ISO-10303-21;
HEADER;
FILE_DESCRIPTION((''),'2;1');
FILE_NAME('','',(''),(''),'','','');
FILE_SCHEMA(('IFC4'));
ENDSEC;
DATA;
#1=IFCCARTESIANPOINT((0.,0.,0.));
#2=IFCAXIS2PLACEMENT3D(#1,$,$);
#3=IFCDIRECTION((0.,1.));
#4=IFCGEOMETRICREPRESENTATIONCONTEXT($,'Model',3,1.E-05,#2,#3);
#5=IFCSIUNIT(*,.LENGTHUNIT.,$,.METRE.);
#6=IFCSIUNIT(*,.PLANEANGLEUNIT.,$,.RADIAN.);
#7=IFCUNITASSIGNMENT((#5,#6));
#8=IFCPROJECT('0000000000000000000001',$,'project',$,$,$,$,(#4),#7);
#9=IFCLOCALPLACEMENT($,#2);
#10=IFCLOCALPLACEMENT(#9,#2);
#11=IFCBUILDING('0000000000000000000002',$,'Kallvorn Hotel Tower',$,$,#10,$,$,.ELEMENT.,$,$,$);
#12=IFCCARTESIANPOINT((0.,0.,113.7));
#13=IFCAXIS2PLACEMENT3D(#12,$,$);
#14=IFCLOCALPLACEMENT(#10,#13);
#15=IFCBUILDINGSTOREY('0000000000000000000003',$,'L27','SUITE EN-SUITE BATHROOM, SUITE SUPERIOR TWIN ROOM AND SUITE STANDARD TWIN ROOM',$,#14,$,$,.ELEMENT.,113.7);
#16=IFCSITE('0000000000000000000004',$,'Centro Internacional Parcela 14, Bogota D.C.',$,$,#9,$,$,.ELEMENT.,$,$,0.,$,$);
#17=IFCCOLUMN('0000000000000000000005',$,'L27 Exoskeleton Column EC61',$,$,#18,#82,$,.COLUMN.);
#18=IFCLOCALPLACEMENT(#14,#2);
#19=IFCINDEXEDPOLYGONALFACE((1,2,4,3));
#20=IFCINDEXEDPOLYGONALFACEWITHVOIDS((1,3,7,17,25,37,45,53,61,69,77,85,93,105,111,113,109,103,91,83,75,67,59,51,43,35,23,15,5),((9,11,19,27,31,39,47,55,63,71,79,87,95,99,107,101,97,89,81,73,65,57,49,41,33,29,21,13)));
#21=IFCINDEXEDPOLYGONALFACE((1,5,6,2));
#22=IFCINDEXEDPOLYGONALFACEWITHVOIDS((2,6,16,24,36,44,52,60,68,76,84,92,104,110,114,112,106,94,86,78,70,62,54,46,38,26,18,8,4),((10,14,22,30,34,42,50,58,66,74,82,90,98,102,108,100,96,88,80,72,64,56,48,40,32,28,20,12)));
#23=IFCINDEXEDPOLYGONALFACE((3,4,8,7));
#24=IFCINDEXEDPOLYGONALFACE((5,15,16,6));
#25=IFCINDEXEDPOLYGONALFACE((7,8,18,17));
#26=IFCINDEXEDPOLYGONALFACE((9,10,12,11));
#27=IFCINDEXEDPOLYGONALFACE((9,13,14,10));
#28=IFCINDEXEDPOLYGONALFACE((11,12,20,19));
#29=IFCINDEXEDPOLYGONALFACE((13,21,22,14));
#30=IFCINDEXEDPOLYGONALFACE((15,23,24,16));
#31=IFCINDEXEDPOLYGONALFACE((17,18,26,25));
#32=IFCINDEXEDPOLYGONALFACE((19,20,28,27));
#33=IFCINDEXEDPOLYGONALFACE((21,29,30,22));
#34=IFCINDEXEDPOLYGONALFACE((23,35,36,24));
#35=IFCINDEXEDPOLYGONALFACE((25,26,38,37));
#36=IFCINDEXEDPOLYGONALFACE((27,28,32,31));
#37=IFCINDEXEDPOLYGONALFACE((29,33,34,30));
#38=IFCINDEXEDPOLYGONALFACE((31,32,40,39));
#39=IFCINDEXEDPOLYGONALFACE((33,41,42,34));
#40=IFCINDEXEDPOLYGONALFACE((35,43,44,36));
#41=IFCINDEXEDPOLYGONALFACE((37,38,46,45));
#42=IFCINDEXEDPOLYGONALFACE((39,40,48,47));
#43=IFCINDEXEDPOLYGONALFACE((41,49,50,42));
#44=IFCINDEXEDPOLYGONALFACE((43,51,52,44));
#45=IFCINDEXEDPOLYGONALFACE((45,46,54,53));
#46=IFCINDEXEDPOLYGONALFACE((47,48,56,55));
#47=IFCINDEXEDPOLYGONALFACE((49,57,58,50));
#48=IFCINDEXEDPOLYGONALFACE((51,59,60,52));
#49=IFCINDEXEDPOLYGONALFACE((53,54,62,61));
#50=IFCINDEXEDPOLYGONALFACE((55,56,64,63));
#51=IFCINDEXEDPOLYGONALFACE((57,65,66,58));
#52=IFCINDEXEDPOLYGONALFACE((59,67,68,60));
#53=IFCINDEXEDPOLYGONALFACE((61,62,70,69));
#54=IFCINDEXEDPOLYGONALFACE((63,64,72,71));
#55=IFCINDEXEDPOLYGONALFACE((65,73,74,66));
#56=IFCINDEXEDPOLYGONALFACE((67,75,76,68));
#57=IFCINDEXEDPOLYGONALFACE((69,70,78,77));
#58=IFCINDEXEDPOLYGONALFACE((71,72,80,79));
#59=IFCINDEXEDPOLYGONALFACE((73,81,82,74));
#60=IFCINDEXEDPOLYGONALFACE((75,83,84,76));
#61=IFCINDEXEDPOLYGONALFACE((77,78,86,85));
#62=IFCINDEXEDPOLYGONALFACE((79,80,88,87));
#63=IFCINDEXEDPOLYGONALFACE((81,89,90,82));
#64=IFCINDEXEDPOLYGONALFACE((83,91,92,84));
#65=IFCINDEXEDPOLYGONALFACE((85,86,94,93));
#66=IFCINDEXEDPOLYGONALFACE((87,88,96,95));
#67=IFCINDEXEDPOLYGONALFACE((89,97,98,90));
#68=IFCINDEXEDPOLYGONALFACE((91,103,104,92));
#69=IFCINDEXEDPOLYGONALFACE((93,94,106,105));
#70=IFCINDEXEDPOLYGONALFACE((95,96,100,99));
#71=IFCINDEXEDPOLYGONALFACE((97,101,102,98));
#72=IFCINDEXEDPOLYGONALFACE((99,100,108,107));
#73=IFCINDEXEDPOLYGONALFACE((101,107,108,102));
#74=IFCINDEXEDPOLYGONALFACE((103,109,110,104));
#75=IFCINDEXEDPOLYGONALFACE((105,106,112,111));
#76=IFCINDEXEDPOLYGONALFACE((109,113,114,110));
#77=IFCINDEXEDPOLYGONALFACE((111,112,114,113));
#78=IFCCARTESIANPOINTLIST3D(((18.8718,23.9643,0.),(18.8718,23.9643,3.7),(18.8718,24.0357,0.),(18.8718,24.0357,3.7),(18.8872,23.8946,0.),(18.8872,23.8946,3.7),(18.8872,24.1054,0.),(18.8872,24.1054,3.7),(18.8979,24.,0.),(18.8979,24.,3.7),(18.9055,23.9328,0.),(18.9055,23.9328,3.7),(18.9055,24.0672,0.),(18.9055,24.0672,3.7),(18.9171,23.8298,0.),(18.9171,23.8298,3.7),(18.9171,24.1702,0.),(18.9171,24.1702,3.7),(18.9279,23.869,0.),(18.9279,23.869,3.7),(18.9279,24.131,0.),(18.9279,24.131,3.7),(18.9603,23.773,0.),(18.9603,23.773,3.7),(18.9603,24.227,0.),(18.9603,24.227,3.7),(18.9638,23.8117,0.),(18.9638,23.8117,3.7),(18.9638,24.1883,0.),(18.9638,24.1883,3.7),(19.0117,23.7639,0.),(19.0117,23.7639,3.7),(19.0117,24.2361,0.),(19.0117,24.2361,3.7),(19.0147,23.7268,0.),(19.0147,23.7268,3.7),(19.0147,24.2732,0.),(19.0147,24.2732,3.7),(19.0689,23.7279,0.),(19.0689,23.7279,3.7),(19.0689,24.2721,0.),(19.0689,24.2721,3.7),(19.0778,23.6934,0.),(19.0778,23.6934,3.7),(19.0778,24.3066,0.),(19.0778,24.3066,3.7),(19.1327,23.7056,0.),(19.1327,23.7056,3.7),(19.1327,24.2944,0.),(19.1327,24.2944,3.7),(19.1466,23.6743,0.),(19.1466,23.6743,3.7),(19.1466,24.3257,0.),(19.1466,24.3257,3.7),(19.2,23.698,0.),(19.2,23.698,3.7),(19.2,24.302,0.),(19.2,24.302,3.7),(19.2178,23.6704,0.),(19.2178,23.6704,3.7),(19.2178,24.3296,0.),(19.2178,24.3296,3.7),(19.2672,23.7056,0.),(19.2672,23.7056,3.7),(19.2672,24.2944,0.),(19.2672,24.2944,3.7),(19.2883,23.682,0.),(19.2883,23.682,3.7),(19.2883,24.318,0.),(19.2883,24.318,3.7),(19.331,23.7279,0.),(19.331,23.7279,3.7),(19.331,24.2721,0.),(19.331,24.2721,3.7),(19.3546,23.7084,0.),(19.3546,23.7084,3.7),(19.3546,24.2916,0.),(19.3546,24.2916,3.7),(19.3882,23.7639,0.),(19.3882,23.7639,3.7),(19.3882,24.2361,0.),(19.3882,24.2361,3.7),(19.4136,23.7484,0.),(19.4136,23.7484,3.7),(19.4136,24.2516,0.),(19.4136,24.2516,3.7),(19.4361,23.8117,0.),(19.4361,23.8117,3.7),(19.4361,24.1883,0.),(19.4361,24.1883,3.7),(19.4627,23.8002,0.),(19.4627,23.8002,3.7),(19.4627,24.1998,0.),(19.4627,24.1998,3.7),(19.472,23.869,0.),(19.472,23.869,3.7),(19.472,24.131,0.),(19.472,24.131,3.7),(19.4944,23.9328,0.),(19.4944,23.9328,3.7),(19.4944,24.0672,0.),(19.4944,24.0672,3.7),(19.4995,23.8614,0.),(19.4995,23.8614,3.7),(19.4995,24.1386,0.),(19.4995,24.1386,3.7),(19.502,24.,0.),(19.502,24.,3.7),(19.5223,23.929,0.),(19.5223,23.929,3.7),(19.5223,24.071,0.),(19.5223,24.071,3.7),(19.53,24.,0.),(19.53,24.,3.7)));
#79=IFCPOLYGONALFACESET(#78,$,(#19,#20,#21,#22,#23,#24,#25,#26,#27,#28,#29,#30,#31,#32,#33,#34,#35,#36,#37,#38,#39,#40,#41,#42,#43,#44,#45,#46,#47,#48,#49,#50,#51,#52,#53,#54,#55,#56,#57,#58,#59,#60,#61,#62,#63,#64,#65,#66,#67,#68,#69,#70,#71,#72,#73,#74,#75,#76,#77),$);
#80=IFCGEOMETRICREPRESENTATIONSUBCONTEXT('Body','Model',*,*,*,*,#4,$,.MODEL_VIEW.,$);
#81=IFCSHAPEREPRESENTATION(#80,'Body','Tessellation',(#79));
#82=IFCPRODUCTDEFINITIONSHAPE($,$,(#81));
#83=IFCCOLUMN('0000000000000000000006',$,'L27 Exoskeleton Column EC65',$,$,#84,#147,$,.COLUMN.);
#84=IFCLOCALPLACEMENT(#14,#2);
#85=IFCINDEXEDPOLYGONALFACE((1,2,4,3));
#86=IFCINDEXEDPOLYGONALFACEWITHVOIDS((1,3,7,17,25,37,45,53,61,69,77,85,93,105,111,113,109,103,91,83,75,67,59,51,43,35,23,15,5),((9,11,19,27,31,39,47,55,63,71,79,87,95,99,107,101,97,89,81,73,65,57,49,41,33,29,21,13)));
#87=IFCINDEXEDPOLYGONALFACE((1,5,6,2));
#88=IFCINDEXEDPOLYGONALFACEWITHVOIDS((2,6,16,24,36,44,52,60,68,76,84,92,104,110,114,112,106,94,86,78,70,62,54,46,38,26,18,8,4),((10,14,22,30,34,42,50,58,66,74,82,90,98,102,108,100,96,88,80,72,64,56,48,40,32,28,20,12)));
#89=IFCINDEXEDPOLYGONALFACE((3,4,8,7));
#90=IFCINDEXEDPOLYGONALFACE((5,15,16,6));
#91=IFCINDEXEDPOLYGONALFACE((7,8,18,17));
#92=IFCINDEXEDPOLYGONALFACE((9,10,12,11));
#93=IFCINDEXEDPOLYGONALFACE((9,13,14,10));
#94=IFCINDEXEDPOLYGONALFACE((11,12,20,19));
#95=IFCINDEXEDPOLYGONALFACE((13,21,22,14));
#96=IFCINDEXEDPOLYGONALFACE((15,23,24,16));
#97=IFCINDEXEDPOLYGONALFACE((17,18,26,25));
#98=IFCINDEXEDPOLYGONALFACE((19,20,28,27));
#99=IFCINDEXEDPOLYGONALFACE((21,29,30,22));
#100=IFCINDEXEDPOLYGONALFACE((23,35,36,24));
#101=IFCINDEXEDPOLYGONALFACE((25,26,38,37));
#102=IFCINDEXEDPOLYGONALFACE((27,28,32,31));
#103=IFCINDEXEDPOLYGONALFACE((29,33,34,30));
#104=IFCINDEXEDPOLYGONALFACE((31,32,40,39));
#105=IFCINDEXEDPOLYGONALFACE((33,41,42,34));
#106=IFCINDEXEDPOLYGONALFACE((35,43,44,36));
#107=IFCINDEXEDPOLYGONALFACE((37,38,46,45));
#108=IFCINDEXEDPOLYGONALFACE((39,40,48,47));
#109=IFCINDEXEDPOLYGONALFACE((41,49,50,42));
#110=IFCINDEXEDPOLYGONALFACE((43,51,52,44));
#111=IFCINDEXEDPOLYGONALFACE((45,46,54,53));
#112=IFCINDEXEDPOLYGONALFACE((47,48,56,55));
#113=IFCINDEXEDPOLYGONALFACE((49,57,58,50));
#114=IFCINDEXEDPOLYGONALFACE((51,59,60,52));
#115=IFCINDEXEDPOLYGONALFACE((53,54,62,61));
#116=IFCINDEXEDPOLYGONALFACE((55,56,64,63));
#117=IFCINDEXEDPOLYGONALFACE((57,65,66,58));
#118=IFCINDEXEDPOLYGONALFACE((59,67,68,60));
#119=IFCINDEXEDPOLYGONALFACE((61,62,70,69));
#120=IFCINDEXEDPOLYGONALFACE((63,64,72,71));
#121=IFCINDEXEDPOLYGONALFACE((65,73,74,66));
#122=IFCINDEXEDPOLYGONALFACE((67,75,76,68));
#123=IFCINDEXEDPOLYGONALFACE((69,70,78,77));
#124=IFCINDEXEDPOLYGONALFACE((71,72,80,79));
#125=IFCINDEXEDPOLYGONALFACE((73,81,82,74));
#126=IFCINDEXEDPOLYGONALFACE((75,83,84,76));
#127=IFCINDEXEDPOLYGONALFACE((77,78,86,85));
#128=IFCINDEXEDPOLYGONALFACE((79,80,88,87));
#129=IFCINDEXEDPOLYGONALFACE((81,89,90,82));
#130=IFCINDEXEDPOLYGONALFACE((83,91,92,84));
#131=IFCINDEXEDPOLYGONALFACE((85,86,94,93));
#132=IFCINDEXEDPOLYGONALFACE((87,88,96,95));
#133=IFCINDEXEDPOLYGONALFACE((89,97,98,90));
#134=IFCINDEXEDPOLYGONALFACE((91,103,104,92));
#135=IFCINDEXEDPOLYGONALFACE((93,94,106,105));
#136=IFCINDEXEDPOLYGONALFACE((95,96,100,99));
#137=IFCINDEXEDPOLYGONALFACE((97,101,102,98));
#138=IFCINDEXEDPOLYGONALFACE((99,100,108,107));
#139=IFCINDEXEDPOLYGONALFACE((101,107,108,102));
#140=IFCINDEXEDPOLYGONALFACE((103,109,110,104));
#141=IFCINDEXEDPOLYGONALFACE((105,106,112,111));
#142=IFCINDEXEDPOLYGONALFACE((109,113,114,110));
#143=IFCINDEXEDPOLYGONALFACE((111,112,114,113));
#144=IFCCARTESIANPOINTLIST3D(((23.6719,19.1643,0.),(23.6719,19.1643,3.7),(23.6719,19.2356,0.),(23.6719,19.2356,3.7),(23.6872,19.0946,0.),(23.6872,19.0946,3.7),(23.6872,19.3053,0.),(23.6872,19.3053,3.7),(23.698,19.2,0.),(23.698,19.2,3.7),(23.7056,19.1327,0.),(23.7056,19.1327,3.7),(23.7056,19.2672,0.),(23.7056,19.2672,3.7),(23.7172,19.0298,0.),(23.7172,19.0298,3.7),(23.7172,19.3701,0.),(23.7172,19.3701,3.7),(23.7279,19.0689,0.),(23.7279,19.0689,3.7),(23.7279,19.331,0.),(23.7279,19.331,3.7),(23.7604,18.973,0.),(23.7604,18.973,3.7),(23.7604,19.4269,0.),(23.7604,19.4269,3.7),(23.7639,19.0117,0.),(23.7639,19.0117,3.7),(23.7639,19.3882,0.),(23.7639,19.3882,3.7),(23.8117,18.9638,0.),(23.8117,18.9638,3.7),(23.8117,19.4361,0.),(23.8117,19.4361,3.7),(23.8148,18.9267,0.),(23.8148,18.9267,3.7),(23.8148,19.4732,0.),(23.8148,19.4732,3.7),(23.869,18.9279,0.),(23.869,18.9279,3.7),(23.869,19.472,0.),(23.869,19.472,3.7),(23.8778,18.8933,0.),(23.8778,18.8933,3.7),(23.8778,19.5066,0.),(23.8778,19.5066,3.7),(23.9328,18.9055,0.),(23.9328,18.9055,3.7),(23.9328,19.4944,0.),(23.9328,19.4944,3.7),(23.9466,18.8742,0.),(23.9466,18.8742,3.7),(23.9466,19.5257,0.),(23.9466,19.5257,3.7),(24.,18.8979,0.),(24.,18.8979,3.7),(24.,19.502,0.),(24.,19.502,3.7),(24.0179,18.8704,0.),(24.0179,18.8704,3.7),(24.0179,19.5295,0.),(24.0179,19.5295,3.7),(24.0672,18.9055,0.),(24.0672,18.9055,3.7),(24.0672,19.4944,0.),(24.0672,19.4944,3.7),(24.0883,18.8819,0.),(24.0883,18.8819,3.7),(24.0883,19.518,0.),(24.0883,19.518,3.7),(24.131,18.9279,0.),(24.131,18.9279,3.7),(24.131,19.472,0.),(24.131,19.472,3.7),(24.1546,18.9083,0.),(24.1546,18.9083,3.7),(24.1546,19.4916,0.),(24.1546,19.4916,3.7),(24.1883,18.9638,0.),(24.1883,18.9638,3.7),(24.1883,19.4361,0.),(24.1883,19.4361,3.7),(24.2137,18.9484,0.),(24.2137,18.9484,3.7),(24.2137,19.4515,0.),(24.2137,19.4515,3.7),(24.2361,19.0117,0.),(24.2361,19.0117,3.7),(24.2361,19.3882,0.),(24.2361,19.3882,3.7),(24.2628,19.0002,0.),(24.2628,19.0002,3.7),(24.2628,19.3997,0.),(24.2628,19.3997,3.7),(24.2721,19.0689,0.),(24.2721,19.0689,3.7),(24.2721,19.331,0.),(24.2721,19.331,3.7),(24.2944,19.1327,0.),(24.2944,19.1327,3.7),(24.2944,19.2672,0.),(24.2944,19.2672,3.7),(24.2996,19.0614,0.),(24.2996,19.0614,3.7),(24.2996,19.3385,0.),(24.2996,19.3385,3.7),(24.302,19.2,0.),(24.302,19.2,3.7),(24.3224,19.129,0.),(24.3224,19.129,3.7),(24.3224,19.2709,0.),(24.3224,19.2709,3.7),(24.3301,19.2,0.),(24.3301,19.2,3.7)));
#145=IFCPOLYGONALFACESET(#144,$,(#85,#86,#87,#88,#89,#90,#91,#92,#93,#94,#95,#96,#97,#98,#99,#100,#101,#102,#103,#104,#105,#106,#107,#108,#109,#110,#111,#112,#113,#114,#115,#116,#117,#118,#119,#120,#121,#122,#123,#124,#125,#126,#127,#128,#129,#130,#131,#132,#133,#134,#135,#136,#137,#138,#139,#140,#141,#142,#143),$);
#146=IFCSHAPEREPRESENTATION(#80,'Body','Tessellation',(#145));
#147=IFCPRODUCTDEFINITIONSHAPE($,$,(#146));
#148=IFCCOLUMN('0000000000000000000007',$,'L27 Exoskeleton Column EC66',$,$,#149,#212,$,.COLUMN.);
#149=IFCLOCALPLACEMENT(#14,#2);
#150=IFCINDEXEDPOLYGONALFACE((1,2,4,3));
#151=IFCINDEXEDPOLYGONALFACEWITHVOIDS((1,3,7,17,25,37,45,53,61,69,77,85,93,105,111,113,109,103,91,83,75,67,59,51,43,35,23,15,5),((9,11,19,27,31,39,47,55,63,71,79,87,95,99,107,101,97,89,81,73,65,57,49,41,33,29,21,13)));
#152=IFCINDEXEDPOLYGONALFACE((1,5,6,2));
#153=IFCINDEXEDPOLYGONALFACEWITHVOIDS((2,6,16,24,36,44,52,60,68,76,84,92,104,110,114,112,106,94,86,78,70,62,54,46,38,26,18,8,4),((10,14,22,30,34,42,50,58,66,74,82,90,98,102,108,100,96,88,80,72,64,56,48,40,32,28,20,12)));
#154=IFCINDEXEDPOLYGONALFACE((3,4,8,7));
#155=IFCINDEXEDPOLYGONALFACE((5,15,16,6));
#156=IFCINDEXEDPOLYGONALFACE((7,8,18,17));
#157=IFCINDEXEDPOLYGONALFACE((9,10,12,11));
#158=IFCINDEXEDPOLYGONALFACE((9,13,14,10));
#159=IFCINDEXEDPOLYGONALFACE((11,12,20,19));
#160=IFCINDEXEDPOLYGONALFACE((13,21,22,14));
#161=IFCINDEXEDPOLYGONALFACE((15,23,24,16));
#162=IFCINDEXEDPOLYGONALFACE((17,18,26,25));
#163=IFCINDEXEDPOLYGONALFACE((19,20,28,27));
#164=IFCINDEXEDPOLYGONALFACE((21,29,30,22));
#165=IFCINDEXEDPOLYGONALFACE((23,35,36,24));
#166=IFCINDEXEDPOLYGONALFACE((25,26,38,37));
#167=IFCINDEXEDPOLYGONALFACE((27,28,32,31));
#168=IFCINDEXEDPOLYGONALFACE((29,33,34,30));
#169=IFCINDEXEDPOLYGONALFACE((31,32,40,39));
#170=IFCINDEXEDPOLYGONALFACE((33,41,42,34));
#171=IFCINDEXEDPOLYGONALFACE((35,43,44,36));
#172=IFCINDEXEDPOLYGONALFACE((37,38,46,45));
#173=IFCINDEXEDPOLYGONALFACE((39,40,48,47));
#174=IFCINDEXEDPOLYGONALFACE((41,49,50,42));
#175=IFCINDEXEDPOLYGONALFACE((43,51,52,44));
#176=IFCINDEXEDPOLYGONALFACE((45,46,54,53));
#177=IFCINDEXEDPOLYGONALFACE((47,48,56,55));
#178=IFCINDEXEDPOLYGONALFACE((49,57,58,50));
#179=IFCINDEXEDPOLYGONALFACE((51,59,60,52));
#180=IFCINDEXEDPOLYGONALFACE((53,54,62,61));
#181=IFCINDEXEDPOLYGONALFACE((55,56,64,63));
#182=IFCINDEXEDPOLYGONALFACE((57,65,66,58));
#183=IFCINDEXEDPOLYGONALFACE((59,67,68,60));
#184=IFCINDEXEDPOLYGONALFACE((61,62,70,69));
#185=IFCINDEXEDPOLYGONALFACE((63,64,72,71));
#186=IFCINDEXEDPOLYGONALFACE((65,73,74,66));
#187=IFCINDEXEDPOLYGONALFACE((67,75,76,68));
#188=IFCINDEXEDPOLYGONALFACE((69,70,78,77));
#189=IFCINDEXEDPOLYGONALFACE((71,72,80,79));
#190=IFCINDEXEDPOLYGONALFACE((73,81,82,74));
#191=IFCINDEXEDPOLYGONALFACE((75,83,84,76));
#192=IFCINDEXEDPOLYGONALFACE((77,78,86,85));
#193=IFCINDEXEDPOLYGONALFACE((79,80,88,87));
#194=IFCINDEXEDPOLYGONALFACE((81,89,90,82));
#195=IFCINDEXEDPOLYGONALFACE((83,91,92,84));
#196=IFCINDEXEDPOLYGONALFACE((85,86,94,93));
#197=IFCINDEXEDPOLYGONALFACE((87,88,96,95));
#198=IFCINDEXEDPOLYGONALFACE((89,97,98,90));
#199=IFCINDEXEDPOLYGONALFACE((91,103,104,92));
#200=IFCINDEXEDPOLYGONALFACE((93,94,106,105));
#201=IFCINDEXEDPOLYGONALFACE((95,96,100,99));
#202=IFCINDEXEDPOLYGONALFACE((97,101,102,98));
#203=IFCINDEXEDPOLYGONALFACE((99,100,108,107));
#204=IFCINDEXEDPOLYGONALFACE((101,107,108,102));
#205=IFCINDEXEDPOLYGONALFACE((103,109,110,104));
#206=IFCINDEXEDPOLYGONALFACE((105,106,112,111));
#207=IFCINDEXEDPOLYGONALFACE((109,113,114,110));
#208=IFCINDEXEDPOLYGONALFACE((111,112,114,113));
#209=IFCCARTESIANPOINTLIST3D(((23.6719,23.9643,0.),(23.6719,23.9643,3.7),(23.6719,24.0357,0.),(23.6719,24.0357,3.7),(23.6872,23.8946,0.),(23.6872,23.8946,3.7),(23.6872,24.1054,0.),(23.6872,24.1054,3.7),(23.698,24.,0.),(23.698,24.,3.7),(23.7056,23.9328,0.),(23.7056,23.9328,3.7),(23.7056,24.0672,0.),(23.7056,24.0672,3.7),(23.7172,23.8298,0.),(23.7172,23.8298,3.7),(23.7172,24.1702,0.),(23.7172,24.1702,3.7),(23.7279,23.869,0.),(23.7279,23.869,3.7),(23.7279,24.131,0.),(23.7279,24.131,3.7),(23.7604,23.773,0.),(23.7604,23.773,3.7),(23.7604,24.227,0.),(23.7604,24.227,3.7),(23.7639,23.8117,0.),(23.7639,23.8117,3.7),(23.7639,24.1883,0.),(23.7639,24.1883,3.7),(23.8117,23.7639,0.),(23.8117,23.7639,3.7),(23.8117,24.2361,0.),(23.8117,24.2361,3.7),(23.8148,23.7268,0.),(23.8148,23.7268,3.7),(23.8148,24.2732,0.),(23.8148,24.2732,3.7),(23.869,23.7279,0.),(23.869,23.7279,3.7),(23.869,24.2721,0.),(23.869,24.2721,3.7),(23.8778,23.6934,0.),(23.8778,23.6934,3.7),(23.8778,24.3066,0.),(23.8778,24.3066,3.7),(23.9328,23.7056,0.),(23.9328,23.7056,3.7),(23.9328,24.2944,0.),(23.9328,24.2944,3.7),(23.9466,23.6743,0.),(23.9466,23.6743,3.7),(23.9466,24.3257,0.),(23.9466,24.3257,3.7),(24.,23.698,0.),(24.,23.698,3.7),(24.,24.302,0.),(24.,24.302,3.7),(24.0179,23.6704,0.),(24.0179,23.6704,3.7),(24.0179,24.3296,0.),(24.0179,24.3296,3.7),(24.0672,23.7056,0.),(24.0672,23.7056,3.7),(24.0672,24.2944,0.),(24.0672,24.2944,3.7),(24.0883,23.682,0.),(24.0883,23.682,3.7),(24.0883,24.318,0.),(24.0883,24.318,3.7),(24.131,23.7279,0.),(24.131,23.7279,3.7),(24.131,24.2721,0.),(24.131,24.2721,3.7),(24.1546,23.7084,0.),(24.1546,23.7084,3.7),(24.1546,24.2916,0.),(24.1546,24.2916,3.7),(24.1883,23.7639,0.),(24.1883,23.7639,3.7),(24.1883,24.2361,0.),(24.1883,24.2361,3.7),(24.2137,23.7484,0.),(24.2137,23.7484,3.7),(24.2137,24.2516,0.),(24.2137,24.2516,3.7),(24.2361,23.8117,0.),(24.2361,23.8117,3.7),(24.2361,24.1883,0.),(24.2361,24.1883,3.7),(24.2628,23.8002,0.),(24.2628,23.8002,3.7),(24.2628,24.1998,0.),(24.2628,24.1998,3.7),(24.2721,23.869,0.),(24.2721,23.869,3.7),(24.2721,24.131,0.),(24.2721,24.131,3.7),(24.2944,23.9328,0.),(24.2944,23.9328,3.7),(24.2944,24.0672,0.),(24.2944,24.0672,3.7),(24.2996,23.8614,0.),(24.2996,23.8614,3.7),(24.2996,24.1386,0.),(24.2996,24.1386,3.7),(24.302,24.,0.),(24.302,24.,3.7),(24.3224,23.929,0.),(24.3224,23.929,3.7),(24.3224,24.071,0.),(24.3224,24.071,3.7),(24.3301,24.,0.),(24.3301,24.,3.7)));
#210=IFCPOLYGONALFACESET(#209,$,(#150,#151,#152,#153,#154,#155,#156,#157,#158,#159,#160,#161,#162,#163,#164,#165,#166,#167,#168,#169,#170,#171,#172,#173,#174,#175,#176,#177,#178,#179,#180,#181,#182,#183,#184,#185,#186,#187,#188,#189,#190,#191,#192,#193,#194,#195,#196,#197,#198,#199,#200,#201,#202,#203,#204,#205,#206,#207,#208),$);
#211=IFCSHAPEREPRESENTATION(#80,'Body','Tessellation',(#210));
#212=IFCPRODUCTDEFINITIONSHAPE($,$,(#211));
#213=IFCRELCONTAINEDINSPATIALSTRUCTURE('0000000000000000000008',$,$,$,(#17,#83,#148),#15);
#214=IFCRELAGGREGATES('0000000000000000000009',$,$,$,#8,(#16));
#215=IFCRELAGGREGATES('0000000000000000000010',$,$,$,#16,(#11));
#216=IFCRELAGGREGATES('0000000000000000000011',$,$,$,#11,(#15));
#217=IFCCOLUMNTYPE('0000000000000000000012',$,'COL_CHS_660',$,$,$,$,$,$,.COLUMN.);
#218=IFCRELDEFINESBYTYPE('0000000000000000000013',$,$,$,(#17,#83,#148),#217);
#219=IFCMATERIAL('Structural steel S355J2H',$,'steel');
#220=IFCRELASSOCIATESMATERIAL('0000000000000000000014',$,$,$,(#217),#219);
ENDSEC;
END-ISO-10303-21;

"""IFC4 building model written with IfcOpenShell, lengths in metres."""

from ifc_helpers import new_model, si_unit, direction, frame, origin, origin_2d, place, context, subcontext, project, spatial, hollow_circle, extrude, material, material_profile, profile_set, type_object, element, save


model = new_model("IFC4")

# Units and contexts
model_context = context("Model", 3, precision=1e-05, world=origin(), true_north=direction((0.0, 1.0)))
body_context = subcontext(model_context, "Body", "Model", "MODEL_VIEW")
ifc_project = project(units=[si_unit("LENGTHUNIT", "METRE"), si_unit("PLANEANGLEUNIT", "RADIAN")], contexts=[model_context])

# Site, building, storey
site_placement = place(None, origin())
site = spatial("IfcSite", under=ifc_project, at=site_placement, Name="Centro Internacional Parcela 14, Bogota D.C.", CompositionType="ELEMENT", RefElevation=0.0)
building_placement = place(site_placement, origin())
building = spatial("IfcBuilding", under=site, at=building_placement, Name="Kallvorn Hotel Tower", CompositionType="ELEMENT")
storey_placement = place(building_placement, frame((0.0, 0.0, 113.7)))
storey = spatial("IfcBuildingStorey", under=building, at=storey_placement, Name="L27", Description="SUITE EN-SUITE BATHROOM, SUITE SUPERIOR TWIN ROOM AND SUITE STANDARD TWIN ROOM", CompositionType="ELEMENT", Elevation=113.7)

# Columns
ifc_material_1 = material(Name="Structural steel S355J2H", Category="steel")
ifc_material_profile_1 = material_profile(ifc_material_1, hollow_circle(Radius=0.3301, WallThickness=0.0281, at=origin_2d()), Name="CHS 660x28")
ifc_profile_set_1 = profile_set([ifc_material_profile_1], Name="Structural steel S355J2H")
column_type_1 = type_object("IfcColumnType", Name="COL_CHS_660", PredefinedType="COLUMN", material=ifc_profile_set_1)
for number, where, z_axis, x_axis, name in (
    (1, (19.2, 24.0, 0.0), (0.0, 0.0, 1.0), (1.0, 0.0, 0.0), "L27 Exoskeleton Column EC61"),
    (2, (24.0, 19.2, 0.0), (0.0, 0.0, 1.0), (1.0, 0.0, 0.0), "L27 Exoskeleton Column EC65"),
    (3, (24.0, 24.0, 0.0), (0.0, 0.0, 1.0), (1.0, 0.0, 0.0), "L27 Exoskeleton Column EC66"),
):
    element("IfcColumn", number, at=place(storey_placement, frame(where, z_axis=z_axis, x_axis=x_axis)), inside=storey, type_object=column_type_1, Name=name, PredefinedType="COLUMN", context=body_context, shape_type="SweptSolid", body=[
        extrude(hollow_circle(Radius=0.3301, WallThickness=0.0281, at=origin_2d()), origin(), (0.0, 0.0, 1.0), 3.7),
    ])

save(model, "model.ifc")
